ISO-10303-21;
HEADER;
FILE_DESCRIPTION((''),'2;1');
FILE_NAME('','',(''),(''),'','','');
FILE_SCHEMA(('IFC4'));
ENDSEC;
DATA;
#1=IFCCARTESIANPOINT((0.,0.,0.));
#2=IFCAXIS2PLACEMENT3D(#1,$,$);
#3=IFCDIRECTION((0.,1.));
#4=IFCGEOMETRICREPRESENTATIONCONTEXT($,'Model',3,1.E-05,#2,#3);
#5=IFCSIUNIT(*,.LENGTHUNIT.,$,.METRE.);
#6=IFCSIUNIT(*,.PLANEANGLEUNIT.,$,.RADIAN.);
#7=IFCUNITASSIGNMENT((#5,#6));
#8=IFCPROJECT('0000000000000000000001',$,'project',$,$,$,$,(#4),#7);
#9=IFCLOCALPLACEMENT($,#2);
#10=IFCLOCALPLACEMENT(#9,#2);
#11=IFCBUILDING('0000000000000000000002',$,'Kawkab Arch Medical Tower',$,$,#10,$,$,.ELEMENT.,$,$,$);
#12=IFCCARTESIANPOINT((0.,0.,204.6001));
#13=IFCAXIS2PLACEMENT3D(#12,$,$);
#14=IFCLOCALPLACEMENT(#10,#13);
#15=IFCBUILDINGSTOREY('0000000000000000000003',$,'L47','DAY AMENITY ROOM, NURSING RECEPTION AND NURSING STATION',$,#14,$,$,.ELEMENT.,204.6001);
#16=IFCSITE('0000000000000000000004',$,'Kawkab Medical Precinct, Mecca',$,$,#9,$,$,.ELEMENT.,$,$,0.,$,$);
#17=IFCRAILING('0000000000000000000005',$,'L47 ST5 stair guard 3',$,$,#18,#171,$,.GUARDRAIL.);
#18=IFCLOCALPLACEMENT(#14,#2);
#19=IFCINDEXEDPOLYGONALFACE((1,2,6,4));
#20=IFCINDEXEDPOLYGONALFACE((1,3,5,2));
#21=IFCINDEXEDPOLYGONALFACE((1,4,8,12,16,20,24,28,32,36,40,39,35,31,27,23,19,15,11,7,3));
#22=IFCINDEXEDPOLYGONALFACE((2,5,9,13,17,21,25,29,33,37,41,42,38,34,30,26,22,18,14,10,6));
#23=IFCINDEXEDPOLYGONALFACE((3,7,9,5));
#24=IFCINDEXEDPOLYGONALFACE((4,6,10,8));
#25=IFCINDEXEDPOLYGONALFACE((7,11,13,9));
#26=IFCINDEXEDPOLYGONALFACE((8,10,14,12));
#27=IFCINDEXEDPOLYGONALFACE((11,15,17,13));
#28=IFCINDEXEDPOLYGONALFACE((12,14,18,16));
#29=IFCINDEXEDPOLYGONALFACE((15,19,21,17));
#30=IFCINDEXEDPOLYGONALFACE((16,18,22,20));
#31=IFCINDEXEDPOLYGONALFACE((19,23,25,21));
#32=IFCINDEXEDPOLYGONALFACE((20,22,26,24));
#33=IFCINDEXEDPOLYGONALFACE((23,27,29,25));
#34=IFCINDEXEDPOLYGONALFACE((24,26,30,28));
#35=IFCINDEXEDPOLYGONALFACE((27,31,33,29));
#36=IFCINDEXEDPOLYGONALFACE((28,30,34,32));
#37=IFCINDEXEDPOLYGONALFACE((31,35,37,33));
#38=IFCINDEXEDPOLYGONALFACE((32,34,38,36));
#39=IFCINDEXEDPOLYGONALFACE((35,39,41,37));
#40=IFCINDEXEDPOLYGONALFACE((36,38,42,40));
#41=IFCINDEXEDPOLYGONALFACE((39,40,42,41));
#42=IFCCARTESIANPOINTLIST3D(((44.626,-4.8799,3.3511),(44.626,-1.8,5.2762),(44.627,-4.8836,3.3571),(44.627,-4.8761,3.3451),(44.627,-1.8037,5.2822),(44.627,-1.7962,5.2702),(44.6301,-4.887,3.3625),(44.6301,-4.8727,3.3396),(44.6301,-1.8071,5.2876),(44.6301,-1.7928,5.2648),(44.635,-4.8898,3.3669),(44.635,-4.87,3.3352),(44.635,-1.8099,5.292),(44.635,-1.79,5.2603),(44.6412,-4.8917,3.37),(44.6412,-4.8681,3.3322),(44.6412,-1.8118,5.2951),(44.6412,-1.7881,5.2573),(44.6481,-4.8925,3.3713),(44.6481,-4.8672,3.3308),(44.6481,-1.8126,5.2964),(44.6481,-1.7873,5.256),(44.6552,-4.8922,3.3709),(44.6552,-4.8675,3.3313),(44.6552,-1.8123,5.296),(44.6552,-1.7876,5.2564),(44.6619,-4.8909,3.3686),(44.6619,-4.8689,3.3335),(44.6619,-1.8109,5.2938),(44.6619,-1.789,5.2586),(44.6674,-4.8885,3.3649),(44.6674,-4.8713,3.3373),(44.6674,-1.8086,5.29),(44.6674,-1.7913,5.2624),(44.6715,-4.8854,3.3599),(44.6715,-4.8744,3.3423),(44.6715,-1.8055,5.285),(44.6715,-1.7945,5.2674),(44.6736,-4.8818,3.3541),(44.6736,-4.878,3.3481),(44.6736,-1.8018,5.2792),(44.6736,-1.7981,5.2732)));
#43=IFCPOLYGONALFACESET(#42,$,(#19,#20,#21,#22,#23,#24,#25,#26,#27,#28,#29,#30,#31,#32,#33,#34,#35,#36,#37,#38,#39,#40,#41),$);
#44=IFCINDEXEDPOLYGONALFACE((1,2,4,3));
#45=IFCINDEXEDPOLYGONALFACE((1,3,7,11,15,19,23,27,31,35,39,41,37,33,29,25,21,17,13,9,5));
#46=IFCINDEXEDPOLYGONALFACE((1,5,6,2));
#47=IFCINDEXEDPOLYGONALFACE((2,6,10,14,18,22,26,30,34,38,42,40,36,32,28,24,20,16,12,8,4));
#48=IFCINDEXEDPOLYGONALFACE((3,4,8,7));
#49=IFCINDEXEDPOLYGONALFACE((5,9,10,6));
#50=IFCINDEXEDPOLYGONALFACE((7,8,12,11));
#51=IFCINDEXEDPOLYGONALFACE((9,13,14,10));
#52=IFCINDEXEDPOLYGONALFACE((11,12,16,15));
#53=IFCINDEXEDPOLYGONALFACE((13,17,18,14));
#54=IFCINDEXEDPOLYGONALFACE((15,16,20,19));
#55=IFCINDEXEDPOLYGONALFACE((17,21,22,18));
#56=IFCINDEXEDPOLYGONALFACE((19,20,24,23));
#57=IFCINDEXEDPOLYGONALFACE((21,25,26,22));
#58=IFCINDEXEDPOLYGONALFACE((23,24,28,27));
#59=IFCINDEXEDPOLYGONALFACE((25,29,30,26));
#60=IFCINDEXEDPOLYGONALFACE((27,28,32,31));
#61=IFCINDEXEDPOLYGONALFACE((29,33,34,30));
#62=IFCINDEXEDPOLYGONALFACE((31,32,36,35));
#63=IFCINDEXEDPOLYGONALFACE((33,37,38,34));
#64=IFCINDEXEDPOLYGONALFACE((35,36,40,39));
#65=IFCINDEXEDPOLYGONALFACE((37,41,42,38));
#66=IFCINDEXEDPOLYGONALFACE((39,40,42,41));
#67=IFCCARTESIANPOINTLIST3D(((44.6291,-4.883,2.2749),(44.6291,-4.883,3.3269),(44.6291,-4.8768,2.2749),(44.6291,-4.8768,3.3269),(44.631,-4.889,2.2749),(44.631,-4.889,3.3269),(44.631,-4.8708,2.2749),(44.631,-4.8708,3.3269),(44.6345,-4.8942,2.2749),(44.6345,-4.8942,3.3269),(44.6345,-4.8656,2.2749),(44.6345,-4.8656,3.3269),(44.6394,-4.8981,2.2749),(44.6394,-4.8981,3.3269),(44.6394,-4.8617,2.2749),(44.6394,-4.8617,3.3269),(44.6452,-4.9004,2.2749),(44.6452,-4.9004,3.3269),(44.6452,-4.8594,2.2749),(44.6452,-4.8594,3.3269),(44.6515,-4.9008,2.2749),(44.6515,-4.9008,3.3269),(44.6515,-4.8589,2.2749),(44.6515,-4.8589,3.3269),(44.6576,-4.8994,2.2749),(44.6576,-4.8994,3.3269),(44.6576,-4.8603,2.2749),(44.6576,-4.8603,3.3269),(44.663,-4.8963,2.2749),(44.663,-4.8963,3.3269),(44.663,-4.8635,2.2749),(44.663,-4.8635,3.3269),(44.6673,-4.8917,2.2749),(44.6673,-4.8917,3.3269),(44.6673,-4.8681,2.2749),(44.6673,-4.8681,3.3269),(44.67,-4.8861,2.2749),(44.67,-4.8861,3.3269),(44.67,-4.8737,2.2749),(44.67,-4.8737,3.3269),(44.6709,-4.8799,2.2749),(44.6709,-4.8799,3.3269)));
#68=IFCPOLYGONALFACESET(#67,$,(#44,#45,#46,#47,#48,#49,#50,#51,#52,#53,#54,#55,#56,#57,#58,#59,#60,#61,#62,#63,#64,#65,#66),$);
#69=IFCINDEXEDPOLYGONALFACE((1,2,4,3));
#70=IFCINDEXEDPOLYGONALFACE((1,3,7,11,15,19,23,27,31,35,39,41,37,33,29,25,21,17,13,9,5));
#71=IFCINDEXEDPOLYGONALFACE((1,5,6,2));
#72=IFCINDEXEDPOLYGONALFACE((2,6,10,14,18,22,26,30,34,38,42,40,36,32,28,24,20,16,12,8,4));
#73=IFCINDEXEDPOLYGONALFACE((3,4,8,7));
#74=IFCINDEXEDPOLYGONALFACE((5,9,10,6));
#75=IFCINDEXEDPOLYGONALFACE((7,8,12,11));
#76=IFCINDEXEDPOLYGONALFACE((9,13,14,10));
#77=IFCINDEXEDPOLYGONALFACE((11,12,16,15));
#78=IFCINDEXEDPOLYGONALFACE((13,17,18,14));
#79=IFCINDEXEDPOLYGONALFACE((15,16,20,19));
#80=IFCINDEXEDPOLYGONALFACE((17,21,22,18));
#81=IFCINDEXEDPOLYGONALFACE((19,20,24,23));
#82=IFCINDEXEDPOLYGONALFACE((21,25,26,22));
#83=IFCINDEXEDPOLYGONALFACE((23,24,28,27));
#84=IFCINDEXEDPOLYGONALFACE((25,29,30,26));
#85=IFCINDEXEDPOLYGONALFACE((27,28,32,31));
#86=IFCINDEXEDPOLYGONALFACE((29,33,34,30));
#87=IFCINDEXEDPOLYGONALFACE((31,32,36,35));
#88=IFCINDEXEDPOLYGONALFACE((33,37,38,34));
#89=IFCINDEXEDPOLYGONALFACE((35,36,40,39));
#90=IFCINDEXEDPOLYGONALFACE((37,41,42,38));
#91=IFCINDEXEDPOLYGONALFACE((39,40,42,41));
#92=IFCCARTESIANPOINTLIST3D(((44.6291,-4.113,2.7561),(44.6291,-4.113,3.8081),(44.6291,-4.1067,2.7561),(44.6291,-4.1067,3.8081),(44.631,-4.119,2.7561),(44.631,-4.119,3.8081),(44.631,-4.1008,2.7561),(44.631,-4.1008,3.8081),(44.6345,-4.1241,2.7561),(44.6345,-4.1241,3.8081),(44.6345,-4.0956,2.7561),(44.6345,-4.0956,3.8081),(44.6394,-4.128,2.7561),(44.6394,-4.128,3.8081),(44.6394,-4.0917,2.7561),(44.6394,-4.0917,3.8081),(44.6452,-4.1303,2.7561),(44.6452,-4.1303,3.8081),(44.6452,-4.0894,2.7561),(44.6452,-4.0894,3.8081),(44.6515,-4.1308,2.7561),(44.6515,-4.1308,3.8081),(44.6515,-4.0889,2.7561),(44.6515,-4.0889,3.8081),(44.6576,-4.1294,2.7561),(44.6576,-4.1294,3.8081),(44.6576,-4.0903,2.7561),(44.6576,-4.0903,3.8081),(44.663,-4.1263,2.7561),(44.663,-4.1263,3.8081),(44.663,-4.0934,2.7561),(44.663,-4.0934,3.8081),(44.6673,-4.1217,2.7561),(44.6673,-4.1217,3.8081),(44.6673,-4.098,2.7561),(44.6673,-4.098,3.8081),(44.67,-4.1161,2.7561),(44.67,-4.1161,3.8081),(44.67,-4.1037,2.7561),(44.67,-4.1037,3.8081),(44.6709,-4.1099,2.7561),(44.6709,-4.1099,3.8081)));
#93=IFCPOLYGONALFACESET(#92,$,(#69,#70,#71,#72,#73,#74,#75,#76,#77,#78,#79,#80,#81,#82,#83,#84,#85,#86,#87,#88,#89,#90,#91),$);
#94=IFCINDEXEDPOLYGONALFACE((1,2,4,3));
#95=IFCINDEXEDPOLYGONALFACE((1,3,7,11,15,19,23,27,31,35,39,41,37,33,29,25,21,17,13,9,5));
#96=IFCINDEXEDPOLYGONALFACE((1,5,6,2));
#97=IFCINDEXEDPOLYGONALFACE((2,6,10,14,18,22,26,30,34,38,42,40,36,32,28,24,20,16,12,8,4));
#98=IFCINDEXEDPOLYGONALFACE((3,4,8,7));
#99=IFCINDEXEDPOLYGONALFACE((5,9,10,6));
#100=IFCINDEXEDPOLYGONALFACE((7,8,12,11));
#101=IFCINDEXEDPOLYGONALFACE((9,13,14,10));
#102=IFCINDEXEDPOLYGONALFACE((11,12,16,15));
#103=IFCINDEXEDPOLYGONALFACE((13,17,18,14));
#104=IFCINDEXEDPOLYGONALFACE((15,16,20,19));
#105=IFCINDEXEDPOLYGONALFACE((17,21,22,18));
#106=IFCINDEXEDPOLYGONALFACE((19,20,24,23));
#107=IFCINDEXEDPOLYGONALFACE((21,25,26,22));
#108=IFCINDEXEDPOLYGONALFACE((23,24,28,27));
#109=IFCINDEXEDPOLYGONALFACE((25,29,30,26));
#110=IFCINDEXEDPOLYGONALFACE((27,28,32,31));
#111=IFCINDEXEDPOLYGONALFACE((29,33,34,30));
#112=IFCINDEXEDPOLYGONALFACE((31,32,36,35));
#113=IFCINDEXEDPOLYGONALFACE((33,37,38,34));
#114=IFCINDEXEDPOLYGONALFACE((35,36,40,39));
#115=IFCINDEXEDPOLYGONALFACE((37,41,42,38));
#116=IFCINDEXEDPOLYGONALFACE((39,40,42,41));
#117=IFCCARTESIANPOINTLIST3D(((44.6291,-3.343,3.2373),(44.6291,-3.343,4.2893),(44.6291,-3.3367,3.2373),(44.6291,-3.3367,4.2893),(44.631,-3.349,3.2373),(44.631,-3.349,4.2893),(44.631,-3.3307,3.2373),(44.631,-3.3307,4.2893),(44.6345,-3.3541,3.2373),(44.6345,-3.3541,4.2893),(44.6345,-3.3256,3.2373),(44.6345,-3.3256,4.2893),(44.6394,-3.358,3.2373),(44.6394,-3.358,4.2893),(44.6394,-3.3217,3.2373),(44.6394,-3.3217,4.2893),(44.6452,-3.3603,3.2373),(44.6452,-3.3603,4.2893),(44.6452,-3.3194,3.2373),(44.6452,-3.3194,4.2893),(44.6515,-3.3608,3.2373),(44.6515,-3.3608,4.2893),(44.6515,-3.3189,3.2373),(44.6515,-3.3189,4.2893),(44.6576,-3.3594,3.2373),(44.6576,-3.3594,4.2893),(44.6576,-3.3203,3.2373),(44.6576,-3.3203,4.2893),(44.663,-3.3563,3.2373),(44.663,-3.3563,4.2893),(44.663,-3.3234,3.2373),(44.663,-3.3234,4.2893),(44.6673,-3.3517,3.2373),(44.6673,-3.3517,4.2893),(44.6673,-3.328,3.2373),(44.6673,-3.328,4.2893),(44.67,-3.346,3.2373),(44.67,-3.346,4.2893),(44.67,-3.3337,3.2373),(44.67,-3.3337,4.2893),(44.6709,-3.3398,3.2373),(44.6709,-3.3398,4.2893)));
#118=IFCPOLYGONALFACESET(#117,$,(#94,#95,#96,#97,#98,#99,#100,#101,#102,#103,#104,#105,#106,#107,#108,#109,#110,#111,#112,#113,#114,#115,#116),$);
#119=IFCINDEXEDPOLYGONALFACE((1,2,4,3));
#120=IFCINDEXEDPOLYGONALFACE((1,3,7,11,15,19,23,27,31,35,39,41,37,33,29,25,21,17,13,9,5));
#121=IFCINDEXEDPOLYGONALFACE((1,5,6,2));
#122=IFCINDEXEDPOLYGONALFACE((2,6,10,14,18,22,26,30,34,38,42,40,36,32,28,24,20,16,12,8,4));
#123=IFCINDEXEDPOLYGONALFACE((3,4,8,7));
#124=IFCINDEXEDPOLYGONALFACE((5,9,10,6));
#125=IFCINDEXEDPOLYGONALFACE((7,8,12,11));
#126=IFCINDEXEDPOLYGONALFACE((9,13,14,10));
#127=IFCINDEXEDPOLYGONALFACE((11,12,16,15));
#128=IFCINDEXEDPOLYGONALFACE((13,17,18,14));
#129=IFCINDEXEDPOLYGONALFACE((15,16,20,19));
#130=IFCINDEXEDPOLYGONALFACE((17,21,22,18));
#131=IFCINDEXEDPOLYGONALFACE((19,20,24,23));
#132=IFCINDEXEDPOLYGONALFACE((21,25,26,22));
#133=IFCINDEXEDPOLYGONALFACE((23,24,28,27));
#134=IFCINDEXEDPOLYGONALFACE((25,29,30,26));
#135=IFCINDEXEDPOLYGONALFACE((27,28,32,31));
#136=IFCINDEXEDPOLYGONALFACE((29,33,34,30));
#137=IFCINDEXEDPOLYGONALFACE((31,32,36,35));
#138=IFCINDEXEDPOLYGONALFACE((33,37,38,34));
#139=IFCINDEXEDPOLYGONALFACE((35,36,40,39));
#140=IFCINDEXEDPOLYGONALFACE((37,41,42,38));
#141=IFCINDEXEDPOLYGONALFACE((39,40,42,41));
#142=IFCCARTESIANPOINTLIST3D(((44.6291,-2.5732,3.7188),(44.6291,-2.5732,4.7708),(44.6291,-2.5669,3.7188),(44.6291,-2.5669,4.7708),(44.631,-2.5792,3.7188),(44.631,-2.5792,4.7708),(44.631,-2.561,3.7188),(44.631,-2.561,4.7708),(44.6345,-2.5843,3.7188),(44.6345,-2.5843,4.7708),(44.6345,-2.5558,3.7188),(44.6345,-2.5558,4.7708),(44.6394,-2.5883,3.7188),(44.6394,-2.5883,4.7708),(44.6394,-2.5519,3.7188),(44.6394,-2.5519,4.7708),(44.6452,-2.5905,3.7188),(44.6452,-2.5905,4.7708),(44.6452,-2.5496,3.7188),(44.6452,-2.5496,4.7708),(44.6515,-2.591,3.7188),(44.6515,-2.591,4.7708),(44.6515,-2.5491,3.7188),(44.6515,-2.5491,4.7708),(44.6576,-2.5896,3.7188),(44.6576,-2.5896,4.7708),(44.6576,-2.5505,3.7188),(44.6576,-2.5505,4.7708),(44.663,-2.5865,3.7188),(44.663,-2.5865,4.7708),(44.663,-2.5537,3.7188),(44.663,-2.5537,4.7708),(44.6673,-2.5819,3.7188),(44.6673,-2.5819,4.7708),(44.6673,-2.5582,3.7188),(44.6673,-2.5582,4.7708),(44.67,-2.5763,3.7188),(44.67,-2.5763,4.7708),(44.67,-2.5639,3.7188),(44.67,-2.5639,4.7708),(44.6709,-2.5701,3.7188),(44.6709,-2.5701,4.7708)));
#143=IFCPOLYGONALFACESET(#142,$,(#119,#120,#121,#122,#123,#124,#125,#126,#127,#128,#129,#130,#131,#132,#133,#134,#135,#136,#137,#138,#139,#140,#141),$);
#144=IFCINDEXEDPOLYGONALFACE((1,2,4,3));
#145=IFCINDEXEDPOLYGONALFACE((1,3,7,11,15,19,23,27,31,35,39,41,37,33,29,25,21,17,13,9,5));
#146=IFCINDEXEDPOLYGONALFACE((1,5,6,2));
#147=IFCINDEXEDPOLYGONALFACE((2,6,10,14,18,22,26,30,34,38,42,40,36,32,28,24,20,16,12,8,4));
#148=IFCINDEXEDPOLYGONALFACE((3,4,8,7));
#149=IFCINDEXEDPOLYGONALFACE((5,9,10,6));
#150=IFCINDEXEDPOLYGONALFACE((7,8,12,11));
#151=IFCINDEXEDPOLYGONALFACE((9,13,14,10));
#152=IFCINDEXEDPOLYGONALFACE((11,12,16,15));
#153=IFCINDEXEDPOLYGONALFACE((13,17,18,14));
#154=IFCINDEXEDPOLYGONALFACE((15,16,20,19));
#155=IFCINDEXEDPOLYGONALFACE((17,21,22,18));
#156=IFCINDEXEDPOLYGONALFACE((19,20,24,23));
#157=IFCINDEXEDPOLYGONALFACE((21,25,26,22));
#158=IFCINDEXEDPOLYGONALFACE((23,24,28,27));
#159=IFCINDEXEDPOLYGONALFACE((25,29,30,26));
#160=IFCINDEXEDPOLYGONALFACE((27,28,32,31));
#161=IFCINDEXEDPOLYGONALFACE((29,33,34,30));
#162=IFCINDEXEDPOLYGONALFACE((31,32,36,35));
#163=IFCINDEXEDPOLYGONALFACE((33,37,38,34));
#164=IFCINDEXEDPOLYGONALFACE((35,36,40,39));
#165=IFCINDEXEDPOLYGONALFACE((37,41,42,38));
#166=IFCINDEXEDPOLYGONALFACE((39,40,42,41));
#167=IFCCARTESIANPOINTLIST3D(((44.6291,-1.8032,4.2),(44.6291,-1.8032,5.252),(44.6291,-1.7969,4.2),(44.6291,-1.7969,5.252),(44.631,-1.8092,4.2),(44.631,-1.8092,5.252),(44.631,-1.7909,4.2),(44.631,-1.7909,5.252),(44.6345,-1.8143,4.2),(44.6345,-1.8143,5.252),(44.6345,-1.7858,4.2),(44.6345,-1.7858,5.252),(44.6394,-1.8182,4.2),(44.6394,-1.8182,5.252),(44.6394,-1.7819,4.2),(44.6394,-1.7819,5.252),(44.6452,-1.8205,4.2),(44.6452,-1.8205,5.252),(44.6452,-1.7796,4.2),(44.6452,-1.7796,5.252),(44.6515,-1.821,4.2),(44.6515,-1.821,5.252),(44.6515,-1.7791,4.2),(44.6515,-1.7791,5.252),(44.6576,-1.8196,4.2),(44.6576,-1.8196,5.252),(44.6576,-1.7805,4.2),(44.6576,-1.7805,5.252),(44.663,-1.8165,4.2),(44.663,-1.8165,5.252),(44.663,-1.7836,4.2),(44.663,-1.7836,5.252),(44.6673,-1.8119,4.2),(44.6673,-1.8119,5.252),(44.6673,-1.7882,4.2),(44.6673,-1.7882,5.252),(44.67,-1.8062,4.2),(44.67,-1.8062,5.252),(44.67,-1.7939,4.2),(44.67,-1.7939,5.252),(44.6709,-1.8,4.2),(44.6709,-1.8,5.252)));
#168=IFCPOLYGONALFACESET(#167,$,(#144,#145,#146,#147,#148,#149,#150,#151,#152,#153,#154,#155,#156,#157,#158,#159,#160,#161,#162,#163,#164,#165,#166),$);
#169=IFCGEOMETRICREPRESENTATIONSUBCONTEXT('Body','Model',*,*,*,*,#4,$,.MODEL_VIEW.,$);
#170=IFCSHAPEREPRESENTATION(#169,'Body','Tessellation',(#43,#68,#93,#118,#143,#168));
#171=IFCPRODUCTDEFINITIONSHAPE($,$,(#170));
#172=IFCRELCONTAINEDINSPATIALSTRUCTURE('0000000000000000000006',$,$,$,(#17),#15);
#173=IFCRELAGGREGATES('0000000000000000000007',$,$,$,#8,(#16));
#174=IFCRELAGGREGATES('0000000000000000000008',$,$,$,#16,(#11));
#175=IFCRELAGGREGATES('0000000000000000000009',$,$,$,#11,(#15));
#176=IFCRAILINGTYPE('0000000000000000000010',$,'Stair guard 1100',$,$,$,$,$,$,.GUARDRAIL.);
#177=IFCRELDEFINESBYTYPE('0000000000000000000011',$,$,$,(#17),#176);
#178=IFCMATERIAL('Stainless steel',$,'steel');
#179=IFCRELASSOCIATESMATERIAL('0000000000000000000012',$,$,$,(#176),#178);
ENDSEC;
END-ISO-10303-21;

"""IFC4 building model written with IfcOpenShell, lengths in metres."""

from ifc_helpers import new_model, si_unit, direction, frame, origin, origin_2d, place, context, subcontext, project, spatial, circle, extrude, material, type_object, element, save


model = new_model("IFC4")

# Units and contexts
model_context = context("Model", 3, precision=1e-05, world=origin(), true_north=direction((0.0, 1.0)))
body_context = subcontext(model_context, "Body", "Model", "MODEL_VIEW")
ifc_project = project(units=[si_unit("LENGTHUNIT", "METRE"), si_unit("PLANEANGLEUNIT", "RADIAN")], contexts=[model_context])

# Site, building, storey
site_placement = place(None, origin())
site = spatial("IfcSite", under=ifc_project, at=site_placement, Name="Kawkab Medical Precinct, Mecca", CompositionType="ELEMENT", RefElevation=0.0)
building_placement = place(site_placement, origin())
building = spatial("IfcBuilding", under=site, at=building_placement, Name="Kawkab Arch Medical Tower", CompositionType="ELEMENT")
storey_placement = place(building_placement, frame((0.0, 0.0, 204.6001)))
storey = spatial("IfcBuildingStorey", under=building, at=storey_placement, Name="L47", Description="DAY AMENITY ROOM, NURSING RECEPTION AND NURSING STATION", CompositionType="ELEMENT", Elevation=204.6001)

# Railing
ifc_material_1 = material(Name="Stainless steel", Category="steel")
railing_type = type_object("IfcRailingType", Name="Stair guard 1100", PredefinedType="GUARDRAIL", material=ifc_material_1)
railing_placement = place(storey_placement, frame((44.6499, -4.8799, 2.2749)))
element("IfcRailing", 1, at=railing_placement, inside=storey, type_object=railing_type, Name="L47 ST5 stair guard 3", PredefinedType="GUARDRAIL", context=body_context, shape_type="SweptSolid", body=[
    extrude(circle(Radius=0.0239, at=origin_2d()), frame((0.0, 0.0, 1.0762), z_axis=(0.0, 0.847979, 0.530029), x_axis=(-1.0, 0.0, 0.0)), (0.0, 0.0, 1.0), 3.6321),
    extrude(circle(Radius=0.021, at=origin_2d()), origin(), (0.0, 0.0, 1.0), 1.052),
    extrude(circle(Radius=0.021, at=origin_2d()), frame((0.0, 0.77, 0.4812)), (0.0, 0.0, 1.0), 1.052),
    extrude(circle(Radius=0.021, at=origin_2d()), frame((0.0, 1.54, 0.9624)), (0.0, 0.0, 1.0), 1.052),
    extrude(circle(Radius=0.021, at=origin_2d()), frame((0.0, 2.3098, 1.4438)), (0.0, 0.0, 1.0), 1.052),
    extrude(circle(Radius=0.021, at=origin_2d()), frame((0.0, 3.0798, 1.925)), (0.0, 0.0, 1.0), 1.052),
])

save(model, "model.ifc")
